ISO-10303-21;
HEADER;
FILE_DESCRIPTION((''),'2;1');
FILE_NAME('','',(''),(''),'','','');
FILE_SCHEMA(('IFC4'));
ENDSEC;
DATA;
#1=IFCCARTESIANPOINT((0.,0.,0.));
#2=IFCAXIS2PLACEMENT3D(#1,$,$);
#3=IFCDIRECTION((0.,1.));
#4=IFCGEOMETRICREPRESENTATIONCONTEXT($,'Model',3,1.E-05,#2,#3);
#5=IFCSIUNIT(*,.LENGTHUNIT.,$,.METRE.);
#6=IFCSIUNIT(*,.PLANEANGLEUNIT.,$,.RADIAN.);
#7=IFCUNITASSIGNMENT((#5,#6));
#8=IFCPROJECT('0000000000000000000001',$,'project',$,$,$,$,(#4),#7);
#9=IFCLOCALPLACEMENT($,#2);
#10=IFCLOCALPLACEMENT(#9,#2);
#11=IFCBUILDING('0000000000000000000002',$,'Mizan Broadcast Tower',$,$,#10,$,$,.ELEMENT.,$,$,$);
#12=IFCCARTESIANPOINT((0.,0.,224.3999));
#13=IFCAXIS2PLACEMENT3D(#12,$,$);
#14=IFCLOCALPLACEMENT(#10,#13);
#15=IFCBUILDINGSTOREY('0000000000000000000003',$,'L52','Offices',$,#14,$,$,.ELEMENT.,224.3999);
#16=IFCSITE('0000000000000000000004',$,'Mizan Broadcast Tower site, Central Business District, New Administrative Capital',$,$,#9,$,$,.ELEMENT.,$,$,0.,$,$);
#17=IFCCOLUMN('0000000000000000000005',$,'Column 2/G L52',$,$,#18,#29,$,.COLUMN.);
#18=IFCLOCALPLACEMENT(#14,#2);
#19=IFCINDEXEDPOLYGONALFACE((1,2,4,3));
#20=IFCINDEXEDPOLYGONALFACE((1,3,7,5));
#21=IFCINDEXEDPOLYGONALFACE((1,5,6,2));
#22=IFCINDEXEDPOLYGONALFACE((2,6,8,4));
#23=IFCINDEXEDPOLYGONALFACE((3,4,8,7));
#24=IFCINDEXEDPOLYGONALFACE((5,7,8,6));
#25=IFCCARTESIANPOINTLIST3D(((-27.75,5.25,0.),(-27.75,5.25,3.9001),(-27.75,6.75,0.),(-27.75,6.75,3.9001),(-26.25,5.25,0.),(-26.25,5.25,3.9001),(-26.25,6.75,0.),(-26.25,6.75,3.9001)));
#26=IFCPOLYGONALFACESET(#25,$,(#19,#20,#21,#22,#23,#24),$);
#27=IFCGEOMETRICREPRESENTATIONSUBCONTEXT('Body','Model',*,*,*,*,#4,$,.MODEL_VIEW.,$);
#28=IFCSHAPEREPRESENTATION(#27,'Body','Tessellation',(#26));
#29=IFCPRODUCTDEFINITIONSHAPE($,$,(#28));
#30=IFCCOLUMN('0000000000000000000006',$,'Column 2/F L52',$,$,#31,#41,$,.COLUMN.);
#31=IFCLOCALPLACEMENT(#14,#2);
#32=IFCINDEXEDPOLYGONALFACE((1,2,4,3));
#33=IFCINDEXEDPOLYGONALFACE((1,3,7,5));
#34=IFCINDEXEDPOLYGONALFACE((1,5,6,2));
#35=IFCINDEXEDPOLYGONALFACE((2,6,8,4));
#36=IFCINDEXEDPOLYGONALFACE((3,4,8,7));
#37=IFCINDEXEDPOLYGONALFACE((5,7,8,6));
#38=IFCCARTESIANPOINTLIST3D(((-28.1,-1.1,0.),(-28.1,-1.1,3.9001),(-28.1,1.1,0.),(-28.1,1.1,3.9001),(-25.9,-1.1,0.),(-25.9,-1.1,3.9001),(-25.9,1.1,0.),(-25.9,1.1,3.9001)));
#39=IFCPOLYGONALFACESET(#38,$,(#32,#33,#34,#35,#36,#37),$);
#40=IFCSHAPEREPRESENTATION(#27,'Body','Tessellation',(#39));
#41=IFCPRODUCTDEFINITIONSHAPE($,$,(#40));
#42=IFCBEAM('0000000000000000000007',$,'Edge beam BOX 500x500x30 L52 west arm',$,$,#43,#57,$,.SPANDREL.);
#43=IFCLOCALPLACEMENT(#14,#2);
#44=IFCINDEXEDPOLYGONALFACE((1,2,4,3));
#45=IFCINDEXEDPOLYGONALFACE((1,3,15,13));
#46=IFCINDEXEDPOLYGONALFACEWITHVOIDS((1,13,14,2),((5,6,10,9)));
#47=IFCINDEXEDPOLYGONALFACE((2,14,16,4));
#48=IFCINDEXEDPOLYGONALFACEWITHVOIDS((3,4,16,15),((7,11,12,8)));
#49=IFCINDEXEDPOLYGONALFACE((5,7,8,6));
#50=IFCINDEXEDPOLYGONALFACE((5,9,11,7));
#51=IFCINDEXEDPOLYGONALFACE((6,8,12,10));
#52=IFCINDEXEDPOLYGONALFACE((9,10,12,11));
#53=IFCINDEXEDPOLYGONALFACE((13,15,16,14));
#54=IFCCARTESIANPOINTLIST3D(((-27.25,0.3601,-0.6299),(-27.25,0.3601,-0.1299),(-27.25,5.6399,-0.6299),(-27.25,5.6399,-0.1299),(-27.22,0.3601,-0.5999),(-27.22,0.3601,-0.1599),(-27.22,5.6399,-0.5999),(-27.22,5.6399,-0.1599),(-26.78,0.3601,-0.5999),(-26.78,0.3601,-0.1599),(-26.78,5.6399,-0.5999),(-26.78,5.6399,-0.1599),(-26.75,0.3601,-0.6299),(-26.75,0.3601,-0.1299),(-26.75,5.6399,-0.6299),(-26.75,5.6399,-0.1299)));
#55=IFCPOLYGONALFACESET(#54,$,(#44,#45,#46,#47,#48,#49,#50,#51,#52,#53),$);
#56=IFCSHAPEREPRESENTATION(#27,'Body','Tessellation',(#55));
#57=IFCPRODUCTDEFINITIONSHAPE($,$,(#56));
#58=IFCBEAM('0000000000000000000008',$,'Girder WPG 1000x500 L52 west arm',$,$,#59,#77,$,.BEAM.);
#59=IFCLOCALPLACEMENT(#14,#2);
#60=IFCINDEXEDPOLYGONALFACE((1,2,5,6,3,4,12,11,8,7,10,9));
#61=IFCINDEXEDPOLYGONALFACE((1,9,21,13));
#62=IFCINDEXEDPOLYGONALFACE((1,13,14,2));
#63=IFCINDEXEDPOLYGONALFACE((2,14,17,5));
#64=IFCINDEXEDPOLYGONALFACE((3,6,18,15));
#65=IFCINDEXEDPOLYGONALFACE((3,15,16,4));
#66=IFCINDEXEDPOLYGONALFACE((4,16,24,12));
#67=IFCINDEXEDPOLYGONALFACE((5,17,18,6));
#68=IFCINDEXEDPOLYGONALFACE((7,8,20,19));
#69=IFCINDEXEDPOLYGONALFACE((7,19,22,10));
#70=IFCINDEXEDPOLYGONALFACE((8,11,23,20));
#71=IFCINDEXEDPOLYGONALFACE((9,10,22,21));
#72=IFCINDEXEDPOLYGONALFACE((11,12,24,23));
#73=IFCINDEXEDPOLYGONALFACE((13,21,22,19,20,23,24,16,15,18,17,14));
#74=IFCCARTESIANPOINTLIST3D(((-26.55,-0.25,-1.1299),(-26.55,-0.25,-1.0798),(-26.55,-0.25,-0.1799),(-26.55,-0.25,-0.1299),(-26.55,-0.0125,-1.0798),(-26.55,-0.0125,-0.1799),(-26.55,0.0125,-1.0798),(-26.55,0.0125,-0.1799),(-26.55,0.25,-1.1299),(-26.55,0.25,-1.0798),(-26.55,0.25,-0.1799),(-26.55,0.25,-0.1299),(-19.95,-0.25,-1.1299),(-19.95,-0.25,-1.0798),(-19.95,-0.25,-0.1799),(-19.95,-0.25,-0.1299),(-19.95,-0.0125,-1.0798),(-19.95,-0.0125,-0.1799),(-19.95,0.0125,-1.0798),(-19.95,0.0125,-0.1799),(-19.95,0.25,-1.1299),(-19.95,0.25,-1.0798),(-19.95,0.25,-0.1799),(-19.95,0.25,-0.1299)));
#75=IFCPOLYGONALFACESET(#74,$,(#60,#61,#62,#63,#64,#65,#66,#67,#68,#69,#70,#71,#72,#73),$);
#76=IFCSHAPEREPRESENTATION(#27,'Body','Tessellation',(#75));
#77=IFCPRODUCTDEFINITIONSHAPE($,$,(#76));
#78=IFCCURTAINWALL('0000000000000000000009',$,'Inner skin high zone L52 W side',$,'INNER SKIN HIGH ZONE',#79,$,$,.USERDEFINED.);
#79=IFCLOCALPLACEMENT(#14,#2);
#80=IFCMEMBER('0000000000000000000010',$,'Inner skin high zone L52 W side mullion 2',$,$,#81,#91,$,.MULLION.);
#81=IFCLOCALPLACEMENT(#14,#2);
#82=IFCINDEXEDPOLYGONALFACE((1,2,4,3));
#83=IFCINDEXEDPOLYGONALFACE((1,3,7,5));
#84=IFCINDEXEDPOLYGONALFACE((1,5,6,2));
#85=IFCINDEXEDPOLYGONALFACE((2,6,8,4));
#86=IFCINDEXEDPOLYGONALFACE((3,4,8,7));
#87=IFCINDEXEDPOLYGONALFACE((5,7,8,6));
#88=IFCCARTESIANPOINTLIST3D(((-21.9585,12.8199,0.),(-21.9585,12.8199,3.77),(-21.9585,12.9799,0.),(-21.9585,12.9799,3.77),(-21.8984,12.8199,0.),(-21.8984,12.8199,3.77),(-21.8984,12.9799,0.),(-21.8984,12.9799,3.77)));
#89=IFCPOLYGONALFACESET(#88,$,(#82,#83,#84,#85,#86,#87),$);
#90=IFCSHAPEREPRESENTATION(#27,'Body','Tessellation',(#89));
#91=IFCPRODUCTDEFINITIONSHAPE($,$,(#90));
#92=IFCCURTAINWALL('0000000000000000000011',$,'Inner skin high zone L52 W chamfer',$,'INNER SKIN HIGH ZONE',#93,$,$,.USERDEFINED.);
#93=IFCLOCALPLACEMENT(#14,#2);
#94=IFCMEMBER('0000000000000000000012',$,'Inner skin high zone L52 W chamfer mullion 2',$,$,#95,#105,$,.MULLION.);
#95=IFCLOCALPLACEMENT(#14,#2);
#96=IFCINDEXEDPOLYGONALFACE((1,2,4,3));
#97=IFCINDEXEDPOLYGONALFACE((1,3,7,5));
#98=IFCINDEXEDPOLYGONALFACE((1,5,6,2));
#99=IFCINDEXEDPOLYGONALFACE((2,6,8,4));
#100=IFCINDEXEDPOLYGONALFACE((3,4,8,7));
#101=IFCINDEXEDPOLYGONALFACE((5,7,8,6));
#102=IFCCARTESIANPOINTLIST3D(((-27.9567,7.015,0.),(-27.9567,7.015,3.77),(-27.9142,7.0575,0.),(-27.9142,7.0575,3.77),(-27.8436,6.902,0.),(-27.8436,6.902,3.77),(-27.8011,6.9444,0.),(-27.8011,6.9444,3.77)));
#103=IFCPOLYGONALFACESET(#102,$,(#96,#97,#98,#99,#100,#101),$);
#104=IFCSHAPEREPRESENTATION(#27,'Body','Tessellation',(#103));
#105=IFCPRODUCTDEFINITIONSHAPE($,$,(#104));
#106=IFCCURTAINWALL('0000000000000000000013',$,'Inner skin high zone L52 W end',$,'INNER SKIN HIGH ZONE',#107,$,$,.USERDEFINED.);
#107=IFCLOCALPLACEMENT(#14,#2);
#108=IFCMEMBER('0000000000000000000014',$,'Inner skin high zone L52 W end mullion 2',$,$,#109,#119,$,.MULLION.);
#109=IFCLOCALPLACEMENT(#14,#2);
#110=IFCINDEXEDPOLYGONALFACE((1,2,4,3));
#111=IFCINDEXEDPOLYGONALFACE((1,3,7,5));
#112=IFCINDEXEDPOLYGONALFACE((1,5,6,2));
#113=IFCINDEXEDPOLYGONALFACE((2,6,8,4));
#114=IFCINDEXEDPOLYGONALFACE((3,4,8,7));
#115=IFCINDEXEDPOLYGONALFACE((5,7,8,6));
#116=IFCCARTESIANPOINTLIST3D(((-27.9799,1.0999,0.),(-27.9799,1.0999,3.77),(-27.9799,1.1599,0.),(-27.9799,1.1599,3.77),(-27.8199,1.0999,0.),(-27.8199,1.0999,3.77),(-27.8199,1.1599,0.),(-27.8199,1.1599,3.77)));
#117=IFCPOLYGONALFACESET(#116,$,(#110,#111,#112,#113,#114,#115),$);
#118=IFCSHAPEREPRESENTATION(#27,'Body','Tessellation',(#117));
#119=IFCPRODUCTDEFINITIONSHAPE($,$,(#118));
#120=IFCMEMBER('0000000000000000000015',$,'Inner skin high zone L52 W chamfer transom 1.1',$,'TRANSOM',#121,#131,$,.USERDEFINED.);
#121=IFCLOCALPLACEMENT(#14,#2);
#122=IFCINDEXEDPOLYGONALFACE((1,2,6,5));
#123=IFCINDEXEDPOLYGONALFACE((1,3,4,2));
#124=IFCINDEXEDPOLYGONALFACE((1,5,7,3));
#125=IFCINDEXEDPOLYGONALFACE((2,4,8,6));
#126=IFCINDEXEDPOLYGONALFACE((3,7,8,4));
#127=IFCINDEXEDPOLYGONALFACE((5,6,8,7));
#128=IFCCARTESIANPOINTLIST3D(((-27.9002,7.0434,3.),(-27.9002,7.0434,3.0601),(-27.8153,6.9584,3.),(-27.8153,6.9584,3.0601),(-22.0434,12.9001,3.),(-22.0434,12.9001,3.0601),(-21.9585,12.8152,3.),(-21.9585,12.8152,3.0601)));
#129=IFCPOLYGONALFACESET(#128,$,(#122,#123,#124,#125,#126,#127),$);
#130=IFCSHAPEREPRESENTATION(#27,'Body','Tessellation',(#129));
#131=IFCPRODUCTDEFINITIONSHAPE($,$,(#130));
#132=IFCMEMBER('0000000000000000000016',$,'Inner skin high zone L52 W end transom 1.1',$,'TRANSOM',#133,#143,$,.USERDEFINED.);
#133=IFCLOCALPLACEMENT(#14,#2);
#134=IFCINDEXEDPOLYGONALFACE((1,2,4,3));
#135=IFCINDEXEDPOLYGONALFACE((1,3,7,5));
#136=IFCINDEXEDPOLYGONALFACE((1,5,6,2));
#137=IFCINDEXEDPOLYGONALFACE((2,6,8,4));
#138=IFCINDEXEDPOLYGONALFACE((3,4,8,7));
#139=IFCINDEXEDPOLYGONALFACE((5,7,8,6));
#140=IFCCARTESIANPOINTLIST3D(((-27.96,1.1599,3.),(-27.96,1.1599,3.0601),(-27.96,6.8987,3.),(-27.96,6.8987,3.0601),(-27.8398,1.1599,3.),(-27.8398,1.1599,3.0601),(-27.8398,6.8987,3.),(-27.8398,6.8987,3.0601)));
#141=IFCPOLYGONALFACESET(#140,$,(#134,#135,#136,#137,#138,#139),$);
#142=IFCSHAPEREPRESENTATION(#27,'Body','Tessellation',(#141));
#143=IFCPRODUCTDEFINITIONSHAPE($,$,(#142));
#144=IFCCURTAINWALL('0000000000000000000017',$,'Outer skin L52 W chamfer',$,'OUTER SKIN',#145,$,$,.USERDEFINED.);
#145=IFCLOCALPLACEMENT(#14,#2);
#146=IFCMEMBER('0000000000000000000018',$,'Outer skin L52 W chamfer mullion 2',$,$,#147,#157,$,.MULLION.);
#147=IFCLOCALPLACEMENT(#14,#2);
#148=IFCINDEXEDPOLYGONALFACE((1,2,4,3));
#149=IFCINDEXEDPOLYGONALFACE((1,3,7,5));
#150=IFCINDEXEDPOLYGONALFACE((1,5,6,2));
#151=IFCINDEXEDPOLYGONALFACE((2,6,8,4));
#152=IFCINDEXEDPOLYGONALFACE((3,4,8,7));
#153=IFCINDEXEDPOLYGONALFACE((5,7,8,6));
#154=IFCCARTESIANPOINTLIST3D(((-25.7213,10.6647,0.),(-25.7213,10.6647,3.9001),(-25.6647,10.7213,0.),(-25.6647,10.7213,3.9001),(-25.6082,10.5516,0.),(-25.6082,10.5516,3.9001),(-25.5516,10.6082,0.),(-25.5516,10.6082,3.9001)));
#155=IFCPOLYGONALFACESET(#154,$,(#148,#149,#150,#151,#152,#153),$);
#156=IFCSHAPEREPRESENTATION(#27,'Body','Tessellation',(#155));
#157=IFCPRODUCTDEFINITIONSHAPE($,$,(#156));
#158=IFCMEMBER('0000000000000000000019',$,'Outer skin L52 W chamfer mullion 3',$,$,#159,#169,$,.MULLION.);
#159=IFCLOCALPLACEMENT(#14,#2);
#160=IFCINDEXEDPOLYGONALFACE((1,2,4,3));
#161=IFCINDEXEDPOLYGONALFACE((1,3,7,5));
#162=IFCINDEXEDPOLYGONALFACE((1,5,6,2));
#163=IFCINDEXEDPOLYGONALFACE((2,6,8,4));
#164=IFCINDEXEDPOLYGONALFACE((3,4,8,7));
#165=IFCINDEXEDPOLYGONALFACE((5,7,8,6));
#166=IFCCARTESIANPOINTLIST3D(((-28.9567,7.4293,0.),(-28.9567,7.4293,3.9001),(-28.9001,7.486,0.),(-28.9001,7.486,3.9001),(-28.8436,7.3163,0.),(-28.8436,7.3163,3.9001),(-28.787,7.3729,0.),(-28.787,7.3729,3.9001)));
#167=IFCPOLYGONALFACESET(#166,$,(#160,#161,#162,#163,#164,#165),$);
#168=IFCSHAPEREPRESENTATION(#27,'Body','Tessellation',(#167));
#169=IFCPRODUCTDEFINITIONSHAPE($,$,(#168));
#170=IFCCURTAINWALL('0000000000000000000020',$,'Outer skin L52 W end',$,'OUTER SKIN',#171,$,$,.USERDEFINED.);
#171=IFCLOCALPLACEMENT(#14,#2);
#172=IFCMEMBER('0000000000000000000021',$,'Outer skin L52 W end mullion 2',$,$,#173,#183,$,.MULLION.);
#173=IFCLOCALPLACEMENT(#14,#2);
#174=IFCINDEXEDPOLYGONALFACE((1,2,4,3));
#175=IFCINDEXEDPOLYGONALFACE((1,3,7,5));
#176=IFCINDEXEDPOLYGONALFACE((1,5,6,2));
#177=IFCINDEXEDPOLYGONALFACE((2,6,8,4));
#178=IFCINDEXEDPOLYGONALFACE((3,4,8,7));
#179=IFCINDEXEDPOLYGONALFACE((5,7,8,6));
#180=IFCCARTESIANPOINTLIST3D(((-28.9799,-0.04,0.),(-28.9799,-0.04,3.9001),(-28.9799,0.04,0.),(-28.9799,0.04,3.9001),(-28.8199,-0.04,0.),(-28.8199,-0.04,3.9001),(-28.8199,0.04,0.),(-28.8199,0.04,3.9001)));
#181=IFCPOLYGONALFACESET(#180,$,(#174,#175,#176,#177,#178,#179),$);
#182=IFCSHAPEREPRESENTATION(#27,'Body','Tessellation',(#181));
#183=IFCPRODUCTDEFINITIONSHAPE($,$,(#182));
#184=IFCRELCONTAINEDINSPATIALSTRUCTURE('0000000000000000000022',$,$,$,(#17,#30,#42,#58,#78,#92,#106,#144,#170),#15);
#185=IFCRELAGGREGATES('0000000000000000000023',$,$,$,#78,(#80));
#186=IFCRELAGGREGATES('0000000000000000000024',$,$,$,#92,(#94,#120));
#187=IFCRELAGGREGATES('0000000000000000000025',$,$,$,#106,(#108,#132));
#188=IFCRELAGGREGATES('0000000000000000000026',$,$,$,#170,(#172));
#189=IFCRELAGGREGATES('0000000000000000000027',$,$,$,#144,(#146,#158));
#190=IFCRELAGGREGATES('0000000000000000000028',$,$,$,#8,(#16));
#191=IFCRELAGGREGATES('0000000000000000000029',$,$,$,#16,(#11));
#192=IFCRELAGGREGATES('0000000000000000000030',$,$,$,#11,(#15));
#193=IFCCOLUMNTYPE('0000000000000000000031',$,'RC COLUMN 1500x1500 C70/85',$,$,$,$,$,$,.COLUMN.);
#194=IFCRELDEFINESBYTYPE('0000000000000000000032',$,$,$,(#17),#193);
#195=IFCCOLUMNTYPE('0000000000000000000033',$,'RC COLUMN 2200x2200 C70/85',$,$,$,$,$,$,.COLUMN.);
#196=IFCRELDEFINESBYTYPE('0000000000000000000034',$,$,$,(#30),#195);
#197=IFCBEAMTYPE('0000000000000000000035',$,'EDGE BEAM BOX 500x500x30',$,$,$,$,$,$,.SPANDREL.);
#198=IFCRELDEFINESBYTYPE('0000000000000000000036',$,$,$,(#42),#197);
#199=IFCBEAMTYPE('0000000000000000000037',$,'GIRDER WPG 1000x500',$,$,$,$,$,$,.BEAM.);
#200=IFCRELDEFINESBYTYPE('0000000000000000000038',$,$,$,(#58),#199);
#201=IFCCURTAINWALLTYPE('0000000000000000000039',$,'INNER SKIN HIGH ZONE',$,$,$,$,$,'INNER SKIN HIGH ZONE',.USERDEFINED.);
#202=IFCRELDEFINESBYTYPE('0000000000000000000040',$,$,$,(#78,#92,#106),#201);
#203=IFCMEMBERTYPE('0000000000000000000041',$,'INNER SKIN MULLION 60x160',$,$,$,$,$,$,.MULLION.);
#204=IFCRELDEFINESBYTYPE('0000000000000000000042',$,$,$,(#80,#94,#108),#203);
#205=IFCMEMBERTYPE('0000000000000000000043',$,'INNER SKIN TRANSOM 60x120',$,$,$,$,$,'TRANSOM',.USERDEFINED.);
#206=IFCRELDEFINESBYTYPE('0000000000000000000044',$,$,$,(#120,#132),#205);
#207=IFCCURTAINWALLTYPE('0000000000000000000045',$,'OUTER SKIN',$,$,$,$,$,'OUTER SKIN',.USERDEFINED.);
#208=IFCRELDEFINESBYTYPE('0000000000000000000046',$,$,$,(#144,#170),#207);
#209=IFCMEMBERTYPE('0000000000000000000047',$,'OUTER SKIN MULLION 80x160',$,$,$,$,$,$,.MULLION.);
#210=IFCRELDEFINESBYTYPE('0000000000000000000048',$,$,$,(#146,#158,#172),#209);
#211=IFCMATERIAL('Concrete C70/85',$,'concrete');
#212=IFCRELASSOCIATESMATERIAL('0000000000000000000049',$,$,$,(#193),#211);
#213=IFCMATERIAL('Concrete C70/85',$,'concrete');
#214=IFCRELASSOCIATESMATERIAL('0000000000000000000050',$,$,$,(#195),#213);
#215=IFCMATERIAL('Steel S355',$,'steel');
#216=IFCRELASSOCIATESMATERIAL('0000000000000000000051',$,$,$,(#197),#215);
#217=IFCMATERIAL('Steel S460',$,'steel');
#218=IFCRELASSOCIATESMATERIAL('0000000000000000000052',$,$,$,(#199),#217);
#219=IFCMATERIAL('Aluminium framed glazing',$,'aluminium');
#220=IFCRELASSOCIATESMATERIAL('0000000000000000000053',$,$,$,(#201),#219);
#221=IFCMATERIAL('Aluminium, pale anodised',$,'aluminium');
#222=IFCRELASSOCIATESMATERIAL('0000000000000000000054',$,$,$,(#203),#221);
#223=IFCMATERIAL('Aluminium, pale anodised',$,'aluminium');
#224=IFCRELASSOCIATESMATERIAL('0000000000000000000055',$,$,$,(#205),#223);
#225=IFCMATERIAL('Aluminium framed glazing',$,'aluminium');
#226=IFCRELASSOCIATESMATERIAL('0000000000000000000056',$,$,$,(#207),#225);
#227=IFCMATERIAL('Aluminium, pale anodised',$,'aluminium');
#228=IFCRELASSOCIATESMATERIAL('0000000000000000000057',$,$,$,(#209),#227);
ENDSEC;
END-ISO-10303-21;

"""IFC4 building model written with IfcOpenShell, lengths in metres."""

from ifc_helpers import new_model, si_unit, direction, frame, origin, origin_2d, place, context, subcontext, project, spatial, rectangle, hollow_rectangle, i_section, extrude, material, material_profile, profile_set, type_object, element, aggregate, save


model = new_model("IFC4")

# Units and contexts
model_context = context("Model", 3, precision=1e-05, world=origin(), true_north=direction((0.0, 1.0)))
body_context = subcontext(model_context, "Body", "Model", "MODEL_VIEW")
ifc_project = project(units=[si_unit("LENGTHUNIT", "METRE"), si_unit("PLANEANGLEUNIT", "RADIAN")], contexts=[model_context])

# Site, building, storey
site_placement = place(None, origin())
site = spatial("IfcSite", under=ifc_project, at=site_placement, Name="Mizan Broadcast Tower site, Central Business District, New Administrative Capital", CompositionType="ELEMENT", RefElevation=0.0)
building_placement = place(site_placement, origin())
building = spatial("IfcBuilding", under=site, at=building_placement, Name="Mizan Broadcast Tower", CompositionType="ELEMENT")
storey_placement = place(building_placement, frame((0.0, 0.0, 224.3999)))
storey = spatial("IfcBuildingStorey", under=building, at=storey_placement, Name="L52", Description="Offices", CompositionType="ELEMENT", Elevation=224.3999)

# Columns
ifc_material_1 = material(Name="Concrete C70/85", Category="concrete")
ifc_material_profile_1 = material_profile(ifc_material_1, rectangle(XDim=1.5, YDim=1.5, at=origin_2d()), Name="RC 1500x1500")
ifc_profile_set_1 = profile_set([ifc_material_profile_1], Name="Concrete C70/85")
column_type_1 = type_object("IfcColumnType", Name="RC COLUMN 1500x1500 C70/85", PredefinedType="COLUMN", material=ifc_profile_set_1)
column_1_placement = place(storey_placement, frame((-27.0, 6.0, 0.0), z_axis=(0.0, 0.0, 1.0), x_axis=(1.0, 0.0, 0.0)))
element("IfcColumn", 1, at=column_1_placement, inside=storey, type_object=column_type_1, Name="Column 2/G L52", PredefinedType="COLUMN", context=body_context, shape_type="SweptSolid", body=[
    extrude(rectangle(XDim=1.5, YDim=1.5, at=origin_2d()), origin(), (0.0, 0.0, 1.0), 3.9001),
])
ifc_material_2 = material(Name="Concrete C70/85", Category="concrete")
ifc_material_profile_2 = material_profile(ifc_material_2, rectangle(XDim=2.2, YDim=2.2, at=origin_2d()), Name="RC 2200x2200")
ifc_profile_set_2 = profile_set([ifc_material_profile_2], Name="Concrete C70/85")
column_type_2 = type_object("IfcColumnType", Name="RC COLUMN 2200x2200 C70/85", PredefinedType="COLUMN", material=ifc_profile_set_2)
column_2_placement = place(storey_placement, frame((-27.0, 0.0, 0.0), z_axis=(0.0, 0.0, 1.0), x_axis=(1.0, 0.0, 0.0)))
element("IfcColumn", 2, at=column_2_placement, inside=storey, type_object=column_type_2, Name="Column 2/F L52", PredefinedType="COLUMN", context=body_context, shape_type="SweptSolid", body=[
    extrude(rectangle(XDim=2.2, YDim=2.2, at=origin_2d()), origin(), (0.0, 0.0, 1.0), 3.9001),
])

# Beams
ifc_material_3 = material(Name="Steel S355", Category="steel")
ifc_material_profile_3 = material_profile(ifc_material_3, hollow_rectangle(XDim=0.5, YDim=0.5, WallThickness=0.03, at=origin_2d()), Name="BOX 500x500x30")
ifc_profile_set_3 = profile_set([ifc_material_profile_3], Name="Steel S355")
beam_type_1 = type_object("IfcBeamType", Name="EDGE BEAM BOX 500x500x30", PredefinedType="SPANDREL", material=ifc_profile_set_3)
beam_1_placement = place(storey_placement, frame((-27.0, 5.6399, -0.3799), z_axis=(0.0, -1.0, 0.0), x_axis=(1.0, 0.0, 0.0)))
element("IfcBeam", 3, at=beam_1_placement, inside=storey, type_object=beam_type_1, Name="Edge beam BOX 500x500x30 L52 west arm", PredefinedType="SPANDREL", context=body_context, shape_type="SweptSolid", body=[
    extrude(hollow_rectangle(XDim=0.5, YDim=0.5, WallThickness=0.03, at=origin_2d()), origin(), (0.0, 0.0, 1.0), 5.2798),
])
ifc_material_4 = material(Name="Steel S460", Category="steel")
ifc_material_profile_4 = material_profile(ifc_material_4, i_section(OverallWidth=0.5, OverallDepth=1.0, WebThickness=0.0249, FlangeThickness=0.05, at=origin_2d()), Name="WPG 1000x500")
ifc_profile_set_4 = profile_set([ifc_material_profile_4], Name="Steel S460")
beam_type_2 = type_object("IfcBeamType", Name="GIRDER WPG 1000x500", PredefinedType="BEAM", material=ifc_profile_set_4)
beam_2_placement = place(storey_placement, frame((-19.95, 0.0, -0.6299), z_axis=(-1.0, 0.0, 0.0), x_axis=(0.0, -1.0, 0.0)))
element("IfcBeam", 4, at=beam_2_placement, inside=storey, type_object=beam_type_2, Name="Girder WPG 1000x500 L52 west arm", PredefinedType="BEAM", context=body_context, shape_type="SweptSolid", body=[
    extrude(i_section(OverallWidth=0.5, OverallDepth=1.0, WebThickness=0.0249, FlangeThickness=0.05, at=origin_2d()), origin(), (0.0, 0.0, 1.0), 6.6001),
])

# Curtain walls, members
ifc_material_5 = material(Name="Aluminium framed glazing", Category="aluminium")
curtain_wall_type_1 = type_object("IfcCurtainWallType", Name="INNER SKIN HIGH ZONE", ElementType="INNER SKIN HIGH ZONE", PredefinedType="USERDEFINED", material=ifc_material_5)
curtain_wall_1_placement = place(storey_placement, origin())
curtain_wall_1 = element("IfcCurtainWall", 5, at=curtain_wall_1_placement, inside=storey, type_object=curtain_wall_type_1, Name="Inner skin high zone L52 W side", ObjectType="INNER SKIN HIGH ZONE", PredefinedType="USERDEFINED")
ifc_material_6 = material(Name="Aluminium, pale anodised", Category="aluminium")
ifc_material_profile_5 = material_profile(ifc_material_6, rectangle(XDim=0.1599, YDim=0.0601, at=origin_2d()), Name="MULLION 160x60")
ifc_profile_set_5 = profile_set([ifc_material_profile_5], Name="Aluminium, pale anodised")
member_type_1 = type_object("IfcMemberType", Name="INNER SKIN MULLION 60x160", PredefinedType="MULLION", material=ifc_profile_set_5)
member_1_placement = place(storey_placement, frame((-21.9285, 12.8999, 0.0), z_axis=(0.0, 0.0, 1.0), x_axis=(0.0, -1.0, 0.0)))
member_1 = element("IfcMember", 6, at=member_1_placement, type_object=member_type_1, Name="Inner skin high zone L52 W side mullion 2", PredefinedType="MULLION", context=body_context, shape_type="SweptSolid", body=[
    extrude(rectangle(XDim=0.1599, YDim=0.0601, at=origin_2d()), origin(), (0.0, 0.0, 1.0), 3.77),
])
aggregate(curtain_wall_1, [member_1])
curtain_wall_2_placement = place(storey_placement, origin())
curtain_wall_2 = element("IfcCurtainWall", 7, at=curtain_wall_2_placement, inside=storey, type_object=curtain_wall_type_1, Name="Inner skin high zone L52 W chamfer", ObjectType="INNER SKIN HIGH ZONE", PredefinedType="USERDEFINED")
member_2_placement = place(storey_placement, frame((-27.8789, 6.9797, 0.0), z_axis=(0.0, 0.0, 1.0), x_axis=(0.707107, -0.707107, 0.0)))
member_2 = element("IfcMember", 8, at=member_2_placement, type_object=member_type_1, Name="Inner skin high zone L52 W chamfer mullion 2", PredefinedType="MULLION", context=body_context, shape_type="SweptSolid", body=[
    extrude(rectangle(XDim=0.1599, YDim=0.0601, at=origin_2d()), origin(), (0.0, 0.0, 1.0), 3.77),
])
curtain_wall_3_placement = place(storey_placement, origin())
curtain_wall_3 = element("IfcCurtainWall", 9, at=curtain_wall_3_placement, inside=storey, type_object=curtain_wall_type_1, Name="Inner skin high zone L52 W end", ObjectType="INNER SKIN HIGH ZONE", PredefinedType="USERDEFINED")
member_3_placement = place(storey_placement, frame((-27.8999, 1.1299, 0.0), z_axis=(0.0, 0.0, 1.0), x_axis=(1.0, 0.0, 0.0)))
member_3 = element("IfcMember", 10, at=member_3_placement, type_object=member_type_1, Name="Inner skin high zone L52 W end mullion 2", PredefinedType="MULLION", context=body_context, shape_type="SweptSolid", body=[
    extrude(rectangle(XDim=0.1599, YDim=0.0601, at=origin_2d()), origin(), (0.0, 0.0, 1.0), 3.77),
])

# Members
ifc_material_7 = material(Name="Aluminium, pale anodised", Category="aluminium")
ifc_material_profile_6 = material_profile(ifc_material_7, rectangle(XDim=0.1201, YDim=0.0601, at=origin_2d()), Name="TRANSOM 120x60")
ifc_profile_set_6 = profile_set([ifc_material_profile_6], Name="Aluminium, pale anodised")
member_type_2 = type_object("IfcMemberType", Name="INNER SKIN TRANSOM 60x120", ElementType="TRANSOM", PredefinedType="USERDEFINED", material=ifc_profile_set_6)
member_4_placement = place(storey_placement, frame((-22.001, 12.8577, 3.03), z_axis=(-0.707107, -0.707107, 0.0), x_axis=(0.707107, -0.707107, 0.0)))
member_4 = element("IfcMember", 11, at=member_4_placement, type_object=member_type_2, Name="Inner skin high zone L52 W chamfer transom 1.1", ObjectType="TRANSOM", PredefinedType="USERDEFINED", context=body_context, shape_type="SweptSolid", body=[
    extrude(rectangle(XDim=0.1201, YDim=0.0601, at=origin_2d()), origin(), (0.0, 0.0, 1.0), 8.2827),
])
member_5_placement = place(storey_placement, frame((-27.8999, 6.8987, 3.03), z_axis=(0.0, -1.0, 0.0), x_axis=(1.0, 0.0, 0.0)))
member_5 = element("IfcMember", 12, at=member_5_placement, type_object=member_type_2, Name="Inner skin high zone L52 W end transom 1.1", ObjectType="TRANSOM", PredefinedType="USERDEFINED", context=body_context, shape_type="SweptSolid", body=[
    extrude(rectangle(XDim=0.1201, YDim=0.0601, at=origin_2d()), origin(), (0.0, 0.0, 1.0), 5.7388),
])

# Curtain wall, members
ifc_material_8 = material(Name="Aluminium framed glazing", Category="aluminium")
curtain_wall_type_2 = type_object("IfcCurtainWallType", Name="OUTER SKIN", ElementType="OUTER SKIN", PredefinedType="USERDEFINED", material=ifc_material_8)
curtain_wall_4_placement = place(storey_placement, origin())
curtain_wall_4 = element("IfcCurtainWall", 13, at=curtain_wall_4_placement, inside=storey, type_object=curtain_wall_type_2, Name="Outer skin L52 W chamfer", ObjectType="OUTER SKIN", PredefinedType="USERDEFINED")
ifc_material_9 = material(Name="Aluminium, pale anodised", Category="aluminium")
ifc_material_profile_7 = material_profile(ifc_material_9, rectangle(XDim=0.1599, YDim=0.0801, at=origin_2d()), Name="MULLION 160x80")
ifc_profile_set_7 = profile_set([ifc_material_profile_7], Name="Aluminium, pale anodised")
member_type_3 = type_object("IfcMemberType", Name="OUTER SKIN MULLION 80x160", PredefinedType="MULLION", material=ifc_profile_set_7)
member_6_placement = place(storey_placement, frame((-25.6365, 10.6365, 0.0), z_axis=(0.0, 0.0, 1.0), x_axis=(0.707107, -0.707107, 0.0)))
member_6 = element("IfcMember", 14, at=member_6_placement, type_object=member_type_3, Name="Outer skin L52 W chamfer mullion 2", PredefinedType="MULLION", context=body_context, shape_type="SweptSolid", body=[
    extrude(rectangle(XDim=0.1599, YDim=0.0801, at=origin_2d()), origin(), (0.0, 0.0, 1.0), 3.9001),
])
member_7_placement = place(storey_placement, frame((-28.8718, 7.4011, 0.0), z_axis=(0.0, 0.0, 1.0), x_axis=(0.707107, -0.707107, 0.0)))
member_7 = element("IfcMember", 15, at=member_7_placement, type_object=member_type_3, Name="Outer skin L52 W chamfer mullion 3", PredefinedType="MULLION", context=body_context, shape_type="SweptSolid", body=[
    extrude(rectangle(XDim=0.1599, YDim=0.0801, at=origin_2d()), origin(), (0.0, 0.0, 1.0), 3.9001),
])

# Curtain wall, member
curtain_wall_5_placement = place(storey_placement, origin())
curtain_wall_5 = element("IfcCurtainWall", 16, at=curtain_wall_5_placement, inside=storey, type_object=curtain_wall_type_2, Name="Outer skin L52 W end", ObjectType="OUTER SKIN", PredefinedType="USERDEFINED")
member_8_placement = place(storey_placement, frame((-28.8999, 0.0, 0.0), z_axis=(0.0, 0.0, 1.0), x_axis=(1.0, 0.0, 0.0)))
member_8 = element("IfcMember", 17, at=member_8_placement, type_object=member_type_3, Name="Outer skin L52 W end mullion 2", PredefinedType="MULLION", context=body_context, shape_type="SweptSolid", body=[
    extrude(rectangle(XDim=0.1599, YDim=0.0801, at=origin_2d()), origin(), (0.0, 0.0, 1.0), 3.9001),
])

aggregate(curtain_wall_2, [member_2, member_4])
aggregate(curtain_wall_3, [member_3, member_5])
aggregate(curtain_wall_5, [member_8])
aggregate(curtain_wall_4, [member_6, member_7])

save(model, "model.ifc")
